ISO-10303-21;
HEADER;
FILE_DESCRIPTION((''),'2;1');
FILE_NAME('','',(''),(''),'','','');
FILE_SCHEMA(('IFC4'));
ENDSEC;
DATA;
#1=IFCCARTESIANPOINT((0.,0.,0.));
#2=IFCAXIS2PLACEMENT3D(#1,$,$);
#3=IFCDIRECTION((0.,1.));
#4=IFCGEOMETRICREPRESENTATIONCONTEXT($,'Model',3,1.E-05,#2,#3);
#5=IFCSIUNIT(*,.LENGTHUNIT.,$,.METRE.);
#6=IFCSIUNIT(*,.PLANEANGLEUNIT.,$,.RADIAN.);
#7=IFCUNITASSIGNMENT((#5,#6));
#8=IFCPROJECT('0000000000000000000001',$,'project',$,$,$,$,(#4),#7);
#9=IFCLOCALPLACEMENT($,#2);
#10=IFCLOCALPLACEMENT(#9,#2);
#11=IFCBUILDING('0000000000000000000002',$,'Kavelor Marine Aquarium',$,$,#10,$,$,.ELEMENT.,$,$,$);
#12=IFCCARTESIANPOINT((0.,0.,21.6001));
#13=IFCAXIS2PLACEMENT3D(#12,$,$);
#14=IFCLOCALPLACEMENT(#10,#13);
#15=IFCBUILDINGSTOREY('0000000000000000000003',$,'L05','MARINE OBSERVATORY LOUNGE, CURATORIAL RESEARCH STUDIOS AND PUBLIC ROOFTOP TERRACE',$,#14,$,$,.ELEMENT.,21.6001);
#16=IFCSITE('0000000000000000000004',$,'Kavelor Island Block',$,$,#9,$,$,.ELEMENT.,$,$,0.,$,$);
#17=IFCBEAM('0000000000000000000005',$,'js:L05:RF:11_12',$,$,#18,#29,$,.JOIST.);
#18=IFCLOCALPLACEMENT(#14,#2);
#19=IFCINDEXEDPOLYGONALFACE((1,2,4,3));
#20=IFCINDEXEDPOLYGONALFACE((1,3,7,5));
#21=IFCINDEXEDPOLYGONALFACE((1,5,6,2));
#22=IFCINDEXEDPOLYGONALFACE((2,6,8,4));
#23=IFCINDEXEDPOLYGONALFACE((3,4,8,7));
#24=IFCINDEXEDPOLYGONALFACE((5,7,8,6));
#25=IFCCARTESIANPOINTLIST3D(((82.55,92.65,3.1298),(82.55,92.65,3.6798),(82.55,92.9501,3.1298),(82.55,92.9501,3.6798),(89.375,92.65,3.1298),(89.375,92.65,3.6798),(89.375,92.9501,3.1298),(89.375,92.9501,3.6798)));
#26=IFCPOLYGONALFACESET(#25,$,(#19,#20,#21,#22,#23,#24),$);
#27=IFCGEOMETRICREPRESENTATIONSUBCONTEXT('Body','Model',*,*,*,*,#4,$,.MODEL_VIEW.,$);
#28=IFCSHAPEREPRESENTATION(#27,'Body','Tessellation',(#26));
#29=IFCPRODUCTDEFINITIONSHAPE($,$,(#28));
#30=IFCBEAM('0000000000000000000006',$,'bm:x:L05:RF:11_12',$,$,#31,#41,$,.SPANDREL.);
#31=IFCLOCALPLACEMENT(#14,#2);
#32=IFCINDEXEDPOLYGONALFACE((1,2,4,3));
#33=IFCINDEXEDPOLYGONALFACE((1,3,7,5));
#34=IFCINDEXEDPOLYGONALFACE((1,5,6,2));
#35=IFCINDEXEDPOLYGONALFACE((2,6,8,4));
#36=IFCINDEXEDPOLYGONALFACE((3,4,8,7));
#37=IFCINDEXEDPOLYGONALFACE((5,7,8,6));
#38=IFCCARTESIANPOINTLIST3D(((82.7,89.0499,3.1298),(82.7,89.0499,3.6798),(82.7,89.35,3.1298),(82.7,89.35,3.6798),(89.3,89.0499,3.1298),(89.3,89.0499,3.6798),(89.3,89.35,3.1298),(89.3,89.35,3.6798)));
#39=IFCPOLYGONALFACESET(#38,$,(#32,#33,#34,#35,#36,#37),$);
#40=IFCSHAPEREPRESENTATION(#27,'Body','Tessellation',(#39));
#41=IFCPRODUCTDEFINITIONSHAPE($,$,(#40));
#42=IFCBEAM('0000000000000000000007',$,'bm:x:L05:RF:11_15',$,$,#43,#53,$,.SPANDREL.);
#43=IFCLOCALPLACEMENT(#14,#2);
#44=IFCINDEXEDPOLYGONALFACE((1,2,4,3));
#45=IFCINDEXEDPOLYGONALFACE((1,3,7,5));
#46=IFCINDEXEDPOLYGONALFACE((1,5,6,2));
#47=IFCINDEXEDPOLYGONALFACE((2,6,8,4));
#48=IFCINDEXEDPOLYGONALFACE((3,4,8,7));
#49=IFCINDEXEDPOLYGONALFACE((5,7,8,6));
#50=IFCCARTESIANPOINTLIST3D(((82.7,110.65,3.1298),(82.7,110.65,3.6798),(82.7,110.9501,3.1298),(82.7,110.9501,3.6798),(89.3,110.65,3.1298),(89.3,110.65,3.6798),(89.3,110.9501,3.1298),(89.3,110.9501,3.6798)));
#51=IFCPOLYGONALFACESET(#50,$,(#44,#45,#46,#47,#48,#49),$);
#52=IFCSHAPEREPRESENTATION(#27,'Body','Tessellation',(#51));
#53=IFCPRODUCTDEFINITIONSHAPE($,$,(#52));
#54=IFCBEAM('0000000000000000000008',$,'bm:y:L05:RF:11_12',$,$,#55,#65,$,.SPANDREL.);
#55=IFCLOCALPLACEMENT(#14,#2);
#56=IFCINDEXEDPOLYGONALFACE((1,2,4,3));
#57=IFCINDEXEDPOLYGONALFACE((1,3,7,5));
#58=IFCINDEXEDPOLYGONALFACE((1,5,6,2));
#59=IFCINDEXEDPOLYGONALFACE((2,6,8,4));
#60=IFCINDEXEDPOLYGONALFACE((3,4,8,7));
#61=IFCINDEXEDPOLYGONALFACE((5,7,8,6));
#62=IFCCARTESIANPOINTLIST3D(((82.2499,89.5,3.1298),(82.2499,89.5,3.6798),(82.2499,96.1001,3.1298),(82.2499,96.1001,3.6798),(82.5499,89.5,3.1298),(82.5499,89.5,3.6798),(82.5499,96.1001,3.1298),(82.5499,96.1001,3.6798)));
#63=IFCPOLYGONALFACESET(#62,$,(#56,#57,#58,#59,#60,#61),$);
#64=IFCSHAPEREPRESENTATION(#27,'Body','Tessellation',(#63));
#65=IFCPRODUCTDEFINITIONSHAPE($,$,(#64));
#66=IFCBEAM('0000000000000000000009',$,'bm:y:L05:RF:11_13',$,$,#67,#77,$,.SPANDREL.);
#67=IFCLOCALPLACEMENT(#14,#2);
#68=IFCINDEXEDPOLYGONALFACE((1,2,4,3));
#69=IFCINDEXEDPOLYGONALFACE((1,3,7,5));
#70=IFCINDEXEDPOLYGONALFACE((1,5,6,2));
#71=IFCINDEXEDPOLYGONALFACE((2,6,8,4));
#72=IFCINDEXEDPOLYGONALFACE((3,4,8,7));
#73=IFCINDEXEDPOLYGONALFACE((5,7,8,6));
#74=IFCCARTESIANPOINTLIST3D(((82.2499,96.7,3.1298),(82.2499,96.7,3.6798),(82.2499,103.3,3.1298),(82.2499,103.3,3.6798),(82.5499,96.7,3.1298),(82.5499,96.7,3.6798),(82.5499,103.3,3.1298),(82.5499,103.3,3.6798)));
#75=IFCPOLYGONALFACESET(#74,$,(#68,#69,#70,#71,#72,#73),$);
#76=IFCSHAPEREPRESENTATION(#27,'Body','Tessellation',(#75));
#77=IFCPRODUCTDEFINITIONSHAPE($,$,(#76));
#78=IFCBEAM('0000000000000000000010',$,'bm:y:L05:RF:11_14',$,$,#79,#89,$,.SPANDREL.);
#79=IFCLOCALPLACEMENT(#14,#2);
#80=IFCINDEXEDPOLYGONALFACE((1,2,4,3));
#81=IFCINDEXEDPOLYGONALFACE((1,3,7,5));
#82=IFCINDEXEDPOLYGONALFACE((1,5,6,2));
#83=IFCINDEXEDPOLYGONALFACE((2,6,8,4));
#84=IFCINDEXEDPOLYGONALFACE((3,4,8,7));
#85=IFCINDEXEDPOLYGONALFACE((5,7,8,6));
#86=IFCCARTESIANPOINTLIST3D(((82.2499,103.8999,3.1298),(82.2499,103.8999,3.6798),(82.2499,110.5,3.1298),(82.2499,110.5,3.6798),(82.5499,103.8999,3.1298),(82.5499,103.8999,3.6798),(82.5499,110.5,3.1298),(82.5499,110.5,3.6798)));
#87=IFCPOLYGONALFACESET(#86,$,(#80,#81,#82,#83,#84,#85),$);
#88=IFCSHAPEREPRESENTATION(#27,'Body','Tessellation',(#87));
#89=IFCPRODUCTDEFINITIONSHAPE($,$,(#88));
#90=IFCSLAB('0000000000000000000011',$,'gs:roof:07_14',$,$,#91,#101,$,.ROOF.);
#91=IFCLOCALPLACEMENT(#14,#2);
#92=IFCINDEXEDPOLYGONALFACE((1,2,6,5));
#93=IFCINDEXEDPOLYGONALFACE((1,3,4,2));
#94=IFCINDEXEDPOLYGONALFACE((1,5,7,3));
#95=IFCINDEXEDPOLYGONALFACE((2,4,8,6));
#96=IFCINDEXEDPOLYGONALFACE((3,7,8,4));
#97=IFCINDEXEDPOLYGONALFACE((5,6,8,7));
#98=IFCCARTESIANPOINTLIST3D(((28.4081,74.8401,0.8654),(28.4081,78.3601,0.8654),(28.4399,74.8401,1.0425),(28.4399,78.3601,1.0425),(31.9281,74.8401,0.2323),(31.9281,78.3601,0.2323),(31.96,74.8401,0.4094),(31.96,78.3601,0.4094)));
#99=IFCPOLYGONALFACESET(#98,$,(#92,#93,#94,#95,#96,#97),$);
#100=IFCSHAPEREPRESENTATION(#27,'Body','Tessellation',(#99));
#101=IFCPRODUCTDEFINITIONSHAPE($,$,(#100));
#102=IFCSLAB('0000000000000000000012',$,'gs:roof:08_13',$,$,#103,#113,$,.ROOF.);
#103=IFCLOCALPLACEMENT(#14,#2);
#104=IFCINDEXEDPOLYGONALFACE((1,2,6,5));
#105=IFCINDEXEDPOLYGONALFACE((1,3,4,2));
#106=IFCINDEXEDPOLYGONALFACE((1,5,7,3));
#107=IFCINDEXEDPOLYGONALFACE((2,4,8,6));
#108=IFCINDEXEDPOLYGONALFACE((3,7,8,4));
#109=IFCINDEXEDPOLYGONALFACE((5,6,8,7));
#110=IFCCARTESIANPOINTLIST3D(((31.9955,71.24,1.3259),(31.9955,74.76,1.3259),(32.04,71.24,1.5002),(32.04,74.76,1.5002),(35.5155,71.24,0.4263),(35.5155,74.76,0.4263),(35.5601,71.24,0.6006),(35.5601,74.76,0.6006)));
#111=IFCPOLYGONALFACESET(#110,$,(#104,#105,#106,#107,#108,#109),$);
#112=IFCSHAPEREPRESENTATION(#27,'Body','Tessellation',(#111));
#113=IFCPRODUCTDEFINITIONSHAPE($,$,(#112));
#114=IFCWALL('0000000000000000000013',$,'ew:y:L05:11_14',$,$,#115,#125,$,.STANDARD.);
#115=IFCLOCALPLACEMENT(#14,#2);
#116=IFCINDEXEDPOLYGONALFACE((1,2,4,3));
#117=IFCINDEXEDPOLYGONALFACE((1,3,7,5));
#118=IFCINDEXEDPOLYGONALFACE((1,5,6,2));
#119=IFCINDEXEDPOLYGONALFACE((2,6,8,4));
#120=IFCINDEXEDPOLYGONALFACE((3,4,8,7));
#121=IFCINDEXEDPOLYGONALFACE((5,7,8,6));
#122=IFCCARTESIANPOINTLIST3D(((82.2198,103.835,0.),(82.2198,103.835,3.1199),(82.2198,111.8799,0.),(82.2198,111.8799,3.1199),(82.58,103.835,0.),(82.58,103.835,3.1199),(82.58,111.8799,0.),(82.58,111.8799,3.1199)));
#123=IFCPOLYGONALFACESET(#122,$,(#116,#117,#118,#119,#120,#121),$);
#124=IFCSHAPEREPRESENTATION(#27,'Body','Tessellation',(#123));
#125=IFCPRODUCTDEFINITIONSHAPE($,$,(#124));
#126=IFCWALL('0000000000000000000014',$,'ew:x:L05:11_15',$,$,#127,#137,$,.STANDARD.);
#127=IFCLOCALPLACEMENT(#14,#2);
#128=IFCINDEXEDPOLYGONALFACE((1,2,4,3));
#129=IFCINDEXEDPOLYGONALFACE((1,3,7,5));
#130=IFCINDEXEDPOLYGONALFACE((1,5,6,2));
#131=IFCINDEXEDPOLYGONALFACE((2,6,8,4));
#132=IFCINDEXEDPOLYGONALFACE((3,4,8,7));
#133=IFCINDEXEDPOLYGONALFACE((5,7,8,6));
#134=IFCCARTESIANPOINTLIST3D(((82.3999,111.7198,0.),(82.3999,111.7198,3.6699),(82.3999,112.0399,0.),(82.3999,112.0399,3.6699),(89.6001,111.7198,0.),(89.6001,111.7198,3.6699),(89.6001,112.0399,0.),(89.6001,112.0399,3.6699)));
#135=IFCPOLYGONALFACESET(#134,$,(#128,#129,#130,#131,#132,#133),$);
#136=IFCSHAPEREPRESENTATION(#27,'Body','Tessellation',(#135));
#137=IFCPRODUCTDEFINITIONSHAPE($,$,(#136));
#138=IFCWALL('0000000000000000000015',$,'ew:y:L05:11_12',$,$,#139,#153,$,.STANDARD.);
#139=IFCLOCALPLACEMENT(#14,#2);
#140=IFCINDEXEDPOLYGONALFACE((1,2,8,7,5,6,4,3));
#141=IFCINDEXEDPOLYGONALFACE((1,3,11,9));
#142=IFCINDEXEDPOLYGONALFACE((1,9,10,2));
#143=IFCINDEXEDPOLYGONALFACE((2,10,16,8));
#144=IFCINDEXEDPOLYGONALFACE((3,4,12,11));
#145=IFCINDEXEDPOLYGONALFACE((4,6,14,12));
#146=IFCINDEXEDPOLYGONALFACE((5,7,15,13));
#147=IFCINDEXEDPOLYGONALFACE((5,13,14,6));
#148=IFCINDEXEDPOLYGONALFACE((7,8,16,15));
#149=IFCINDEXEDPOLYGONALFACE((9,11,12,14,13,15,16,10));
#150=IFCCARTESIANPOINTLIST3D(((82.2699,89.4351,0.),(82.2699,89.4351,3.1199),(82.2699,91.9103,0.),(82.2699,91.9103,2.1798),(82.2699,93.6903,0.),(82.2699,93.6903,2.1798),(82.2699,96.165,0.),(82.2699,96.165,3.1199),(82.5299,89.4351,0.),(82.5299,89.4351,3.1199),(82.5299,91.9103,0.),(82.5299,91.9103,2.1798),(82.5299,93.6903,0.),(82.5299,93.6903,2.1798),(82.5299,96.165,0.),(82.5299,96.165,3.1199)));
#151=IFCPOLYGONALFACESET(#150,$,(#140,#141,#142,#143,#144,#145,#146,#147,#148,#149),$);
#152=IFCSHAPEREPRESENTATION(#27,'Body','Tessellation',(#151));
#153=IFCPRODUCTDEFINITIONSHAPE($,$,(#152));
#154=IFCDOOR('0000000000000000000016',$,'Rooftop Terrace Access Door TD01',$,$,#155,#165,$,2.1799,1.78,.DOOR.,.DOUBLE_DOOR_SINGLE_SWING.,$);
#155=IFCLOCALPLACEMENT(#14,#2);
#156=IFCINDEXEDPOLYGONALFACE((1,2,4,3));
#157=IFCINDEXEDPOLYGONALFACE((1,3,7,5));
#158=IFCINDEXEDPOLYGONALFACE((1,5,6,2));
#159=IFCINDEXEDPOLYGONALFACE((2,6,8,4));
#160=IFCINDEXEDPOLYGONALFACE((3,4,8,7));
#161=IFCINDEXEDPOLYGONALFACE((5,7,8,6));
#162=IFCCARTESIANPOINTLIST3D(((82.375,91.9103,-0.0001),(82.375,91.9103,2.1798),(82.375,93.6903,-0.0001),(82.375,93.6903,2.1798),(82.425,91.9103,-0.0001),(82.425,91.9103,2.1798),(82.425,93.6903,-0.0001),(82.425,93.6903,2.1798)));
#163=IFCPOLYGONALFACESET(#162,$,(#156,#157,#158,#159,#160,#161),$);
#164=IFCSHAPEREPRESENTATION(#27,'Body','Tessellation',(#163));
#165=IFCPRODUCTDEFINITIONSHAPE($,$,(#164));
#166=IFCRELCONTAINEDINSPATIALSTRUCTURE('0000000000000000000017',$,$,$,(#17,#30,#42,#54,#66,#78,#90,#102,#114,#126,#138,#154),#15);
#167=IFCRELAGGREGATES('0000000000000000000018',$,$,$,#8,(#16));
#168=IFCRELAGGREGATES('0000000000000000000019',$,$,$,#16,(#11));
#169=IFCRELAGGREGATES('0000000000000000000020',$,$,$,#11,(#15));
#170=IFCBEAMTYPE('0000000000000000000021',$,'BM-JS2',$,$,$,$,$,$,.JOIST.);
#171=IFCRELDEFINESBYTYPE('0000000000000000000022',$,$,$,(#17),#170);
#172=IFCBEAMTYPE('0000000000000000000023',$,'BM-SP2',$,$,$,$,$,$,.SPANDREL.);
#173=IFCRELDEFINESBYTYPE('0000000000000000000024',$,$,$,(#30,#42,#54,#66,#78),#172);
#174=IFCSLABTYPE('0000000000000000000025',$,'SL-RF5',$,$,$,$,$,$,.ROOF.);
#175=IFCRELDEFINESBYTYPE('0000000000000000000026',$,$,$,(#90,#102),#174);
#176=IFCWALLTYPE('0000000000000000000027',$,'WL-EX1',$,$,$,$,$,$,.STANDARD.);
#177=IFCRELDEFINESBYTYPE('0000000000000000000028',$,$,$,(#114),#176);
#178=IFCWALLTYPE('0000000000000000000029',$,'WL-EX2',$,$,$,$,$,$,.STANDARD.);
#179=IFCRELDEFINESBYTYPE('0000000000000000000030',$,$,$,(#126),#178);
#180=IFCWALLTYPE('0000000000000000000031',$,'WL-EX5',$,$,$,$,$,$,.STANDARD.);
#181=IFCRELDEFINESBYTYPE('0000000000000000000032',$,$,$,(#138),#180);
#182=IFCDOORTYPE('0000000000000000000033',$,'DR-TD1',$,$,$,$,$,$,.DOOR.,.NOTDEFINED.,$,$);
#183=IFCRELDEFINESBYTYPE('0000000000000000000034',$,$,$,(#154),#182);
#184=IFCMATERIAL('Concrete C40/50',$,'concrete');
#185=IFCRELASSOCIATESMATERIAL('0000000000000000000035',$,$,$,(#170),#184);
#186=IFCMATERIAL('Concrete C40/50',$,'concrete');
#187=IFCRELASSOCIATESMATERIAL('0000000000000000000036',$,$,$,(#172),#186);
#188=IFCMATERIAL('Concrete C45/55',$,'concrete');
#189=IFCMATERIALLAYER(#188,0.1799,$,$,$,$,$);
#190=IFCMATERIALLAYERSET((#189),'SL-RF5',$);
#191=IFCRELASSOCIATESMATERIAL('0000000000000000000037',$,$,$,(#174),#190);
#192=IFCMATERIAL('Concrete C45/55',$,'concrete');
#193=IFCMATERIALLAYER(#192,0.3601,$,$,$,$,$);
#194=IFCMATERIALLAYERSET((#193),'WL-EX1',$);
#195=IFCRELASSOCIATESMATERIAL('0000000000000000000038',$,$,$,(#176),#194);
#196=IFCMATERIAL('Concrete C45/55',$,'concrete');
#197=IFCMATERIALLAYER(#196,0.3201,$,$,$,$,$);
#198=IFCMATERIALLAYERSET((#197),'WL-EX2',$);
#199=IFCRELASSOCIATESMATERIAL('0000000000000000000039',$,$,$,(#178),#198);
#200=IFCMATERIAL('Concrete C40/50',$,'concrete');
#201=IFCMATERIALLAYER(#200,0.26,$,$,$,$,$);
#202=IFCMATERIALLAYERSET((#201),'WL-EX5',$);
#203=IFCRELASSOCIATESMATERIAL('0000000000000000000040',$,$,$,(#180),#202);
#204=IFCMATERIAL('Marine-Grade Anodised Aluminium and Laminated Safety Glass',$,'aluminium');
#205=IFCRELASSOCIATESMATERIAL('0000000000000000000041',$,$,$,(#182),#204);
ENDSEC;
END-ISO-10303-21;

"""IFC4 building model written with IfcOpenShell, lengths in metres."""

from ifc_helpers import new_model, si_unit, direction, frame, frame_2d, origin, origin_2d, place, context, subcontext, project, spatial, polyline, rectangle, outline, extrude, material, layer, layer_set, material_profile, profile_set, type_object, element, fill, save


model = new_model("IFC4")

# Units and contexts
model_context = context("Model", 3, precision=1e-05, world=origin(), true_north=direction((0.0, 1.0)))
body_context = subcontext(model_context, "Body", "Model", "MODEL_VIEW")
ifc_project = project(units=[si_unit("LENGTHUNIT", "METRE"), si_unit("PLANEANGLEUNIT", "RADIAN")], contexts=[model_context])

# Site, building, storey
site_placement = place(None, origin())
site = spatial("IfcSite", under=ifc_project, at=site_placement, Name="Kavelor Island Block", CompositionType="ELEMENT", RefElevation=0.0)
building_placement = place(site_placement, origin())
building = spatial("IfcBuilding", under=site, at=building_placement, Name="Kavelor Marine Aquarium", CompositionType="ELEMENT")
storey_placement = place(building_placement, frame((0.0, 0.0, 21.6001)))
storey = spatial("IfcBuildingStorey", under=building, at=storey_placement, Name="L05", Description="MARINE OBSERVATORY LOUNGE, CURATORIAL RESEARCH STUDIOS AND PUBLIC ROOFTOP TERRACE", CompositionType="ELEMENT", Elevation=21.6001)

# Beams
ifc_material_1 = material(Name="Concrete C40/50", Category="concrete")
ifc_material_profile_1 = material_profile(ifc_material_1, rectangle(XDim=0.3, YDim=0.55, at=origin_2d()), Name="RC-JS 300x550")
ifc_profile_set_1 = profile_set([ifc_material_profile_1], Name="Concrete C40/50")
beam_type_1 = type_object("IfcBeamType", Name="BM-JS2", PredefinedType="JOIST", material=ifc_profile_set_1)
beam_1_placement = place(storey_placement, frame((82.55, 92.8, 3.4048), z_axis=(1.0, 0.0, 0.0), x_axis=(0.0, 1.0, 0.0)))
element("IfcBeam", 1, at=beam_1_placement, inside=storey, type_object=beam_type_1, Name="js:L05:RF:11_12", PredefinedType="JOIST", context=body_context, shape_type="SweptSolid", body=[
    extrude(rectangle(XDim=0.3, YDim=0.55, at=origin_2d()), origin(), (0.0, 0.0, 1.0), 6.825),
])
ifc_material_2 = material(Name="Concrete C40/50", Category="concrete")
ifc_material_profile_2 = material_profile(ifc_material_2, rectangle(XDim=0.3, YDim=0.55, at=origin_2d()), Name="RC-SP 300x550")
ifc_profile_set_2 = profile_set([ifc_material_profile_2], Name="Concrete C40/50")
beam_type_2 = type_object("IfcBeamType", Name="BM-SP2", PredefinedType="SPANDREL", material=ifc_profile_set_2)
for number, where, z_axis, x_axis, name in (
    (2, (82.7, 89.2, 3.4048), (1.0, 0.0, 0.0), (0.0, 1.0, 0.0), "bm:x:L05:RF:11_12"),
    (3, (82.7, 110.8, 3.4048), (1.0, 0.0, 0.0), (0.0, 1.0, 0.0), "bm:x:L05:RF:11_15"),
    (4, (82.3999, 89.5, 3.4048), (0.0, 1.0, 0.0), (-1.0, 0.0, 0.0), "bm:y:L05:RF:11_12"),
    (5, (82.3999, 96.7, 3.4048), (0.0, 1.0, 0.0), (-1.0, 0.0, 0.0), "bm:y:L05:RF:11_13"),
    (6, (82.3999, 103.8999, 3.4048), (0.0, 1.0, 0.0), (-1.0, 0.0, 0.0), "bm:y:L05:RF:11_14"),
):
    element("IfcBeam", number, at=place(storey_placement, frame(where, z_axis=z_axis, x_axis=x_axis)), inside=storey, type_object=beam_type_2, Name=name, PredefinedType="SPANDREL", context=body_context, shape_type="SweptSolid", body=[
        extrude(rectangle(XDim=0.3, YDim=0.55, at=origin_2d()), origin(), (0.0, 0.0, 1.0), 6.6001),
    ])

# Slabs
ifc_material_3 = material(Name="Concrete C45/55", Category="concrete")
ifc_layer_1 = layer(ifc_material_3, 0.1799)
ifc_layer_set_1 = layer_set([ifc_layer_1], Name="SL-RF5")
slab_type = type_object("IfcSlabType", Name="SL-RF5", PredefinedType="ROOF", material=ifc_layer_set_1)
slab_1_placement = place(storey_placement, frame((28.4399, 74.8401, 1.0425), z_axis=(0.177005, 0.0, 0.98421), x_axis=(0.98421, 0.0, -0.177005)))
element("IfcSlab", 7, at=slab_1_placement, inside=storey, type_object=slab_type, Name="gs:roof:07_14", PredefinedType="ROOF", context=body_context, shape_type="SweptSolid", body=[
    extrude(outline(polyline([(0.0, 0.0), (3.5765, 0.0), (3.5765, 3.52), (0.0, 3.52), (0.0, 0.0)])), origin(), (0.0, 0.0, -1.0), 0.1799),
])
slab_2_placement = place(storey_placement, frame((32.04, 71.24, 1.5002), z_axis=(0.247623, 0.0, 0.968856), x_axis=(0.968856, 0.0, -0.247623)))
element("IfcSlab", 8, at=slab_2_placement, inside=storey, type_object=slab_type, Name="gs:roof:08_13", PredefinedType="ROOF", context=body_context, shape_type="SweptSolid", body=[
    extrude(outline(polyline([(0.0, 0.0), (3.6332, 0.0), (3.6332, 3.52), (0.0, 3.52), (0.0, 0.0)])), origin(), (0.0, 0.0, -1.0), 0.1799),
])

# Walls
ifc_material_4 = material(Name="Concrete C45/55", Category="concrete")
ifc_layer_2 = layer(ifc_material_4, 0.3601)
ifc_layer_set_2 = layer_set([ifc_layer_2], Name="WL-EX1")
wall_type_1 = type_object("IfcWallType", Name="WL-EX1", PredefinedType="STANDARD", material=ifc_layer_set_2)
wall_1_placement = place(storey_placement, frame((82.3999, 103.835, 0.0), z_axis=(0.0, 0.0, 1.0), x_axis=(0.0, 1.0, 0.0)))
element("IfcWall", 9, at=wall_1_placement, inside=storey, type_object=wall_type_1, Name="ew:y:L05:11_14", PredefinedType="STANDARD", context=body_context, shape_type="SweptSolid", body=[
    extrude(rectangle(XDim=8.0449, YDim=0.3601, at=frame_2d((4.0225, 0.0))), origin(), (0.0, 0.0, 1.0), 3.1199),
])
ifc_material_5 = material(Name="Concrete C45/55", Category="concrete")
ifc_layer_3 = layer(ifc_material_5, 0.3201)
ifc_layer_set_3 = layer_set([ifc_layer_3], Name="WL-EX2")
wall_type_2 = type_object("IfcWallType", Name="WL-EX2", PredefinedType="STANDARD", material=ifc_layer_set_3)
wall_2_placement = place(storey_placement, frame((82.3999, 111.8799, 0.0), z_axis=(0.0, 0.0, 1.0), x_axis=(1.0, 0.0, 0.0)))
element("IfcWall", 10, at=wall_2_placement, inside=storey, type_object=wall_type_2, Name="ew:x:L05:11_15", PredefinedType="STANDARD", context=body_context, shape_type="SweptSolid", body=[
    extrude(rectangle(XDim=7.2002, YDim=0.3201, at=frame_2d((3.6001, 0.0))), origin(), (0.0, 0.0, 1.0), 3.6699),
])

# Wall, opening, door
ifc_material_6 = material(Name="Concrete C40/50", Category="concrete")
ifc_layer_4 = layer(ifc_material_6, 0.26)
ifc_layer_set_4 = layer_set([ifc_layer_4], Name="WL-EX5")
wall_type_3 = type_object("IfcWallType", Name="WL-EX5", PredefinedType="STANDARD", material=ifc_layer_set_4)
wall_3_placement = place(storey_placement, frame((82.3999, 89.4351, 0.0), z_axis=(0.0, 0.0, 1.0), x_axis=(0.0, 1.0, 0.0)))
wall_3 = element("IfcWall", 11, at=wall_3_placement, inside=storey, type_object=wall_type_3, Name="ew:y:L05:11_12", PredefinedType="STANDARD", context=body_context, shape_type="SweptSolid", body=[
    extrude(rectangle(XDim=6.73, YDim=0.26, at=frame_2d((3.365, 0.0))), origin(), (0.0, 0.0, 1.0), 3.1199),
])
opening_1_placement = place(wall_3_placement, frame((2.4751, 0.0, 0.0)))
opening_1 = element("IfcOpeningElement", 12, at=opening_1_placement, cuts=wall_3, PredefinedType="OPENING", context=body_context, shape_type="SweptSolid", body=[
    extrude(rectangle(XDim=1.78, YDim=2.1799, at=frame_2d((0.8901, 1.0898))), frame((0.0, 0.1399, 0.0), z_axis=(0.0, -1.0, 0.0), x_axis=(1.0, 0.0, 0.0)), (0.0, 0.0, 1.0), 0.28),
])
ifc_material_7 = material(Name="Marine-Grade Anodised Aluminium and Laminated Safety Glass", Category="aluminium")
door_type_1 = type_object("IfcDoorType", Name="DR-TD1", OperationType="NOTDEFINED", PredefinedType="DOOR", material=ifc_material_7)
door_1_placement = place(opening_1_placement, origin())
door_1 = element("IfcDoor", 13, at=door_1_placement, inside=storey, type_object=door_type_1, Name="Rooftop Terrace Access Door TD01", OperationType="DOUBLE_DOOR_SINGLE_SWING", OverallHeight=2.1799, OverallWidth=1.78, PredefinedType="DOOR", context=body_context, shape_type="SweptSolid", body=[
    extrude(rectangle(XDim=1.78, YDim=2.1799, at=frame_2d((0.8901, 1.0898))), frame((0.0, 0.0249, 0.0), z_axis=(0.0, -1.0, 0.0), x_axis=(1.0, 0.0, 0.0)), (0.0, 0.0, 1.0), 0.05),
])
fill(opening_1, door_1)

save(model, "model.ifc")
